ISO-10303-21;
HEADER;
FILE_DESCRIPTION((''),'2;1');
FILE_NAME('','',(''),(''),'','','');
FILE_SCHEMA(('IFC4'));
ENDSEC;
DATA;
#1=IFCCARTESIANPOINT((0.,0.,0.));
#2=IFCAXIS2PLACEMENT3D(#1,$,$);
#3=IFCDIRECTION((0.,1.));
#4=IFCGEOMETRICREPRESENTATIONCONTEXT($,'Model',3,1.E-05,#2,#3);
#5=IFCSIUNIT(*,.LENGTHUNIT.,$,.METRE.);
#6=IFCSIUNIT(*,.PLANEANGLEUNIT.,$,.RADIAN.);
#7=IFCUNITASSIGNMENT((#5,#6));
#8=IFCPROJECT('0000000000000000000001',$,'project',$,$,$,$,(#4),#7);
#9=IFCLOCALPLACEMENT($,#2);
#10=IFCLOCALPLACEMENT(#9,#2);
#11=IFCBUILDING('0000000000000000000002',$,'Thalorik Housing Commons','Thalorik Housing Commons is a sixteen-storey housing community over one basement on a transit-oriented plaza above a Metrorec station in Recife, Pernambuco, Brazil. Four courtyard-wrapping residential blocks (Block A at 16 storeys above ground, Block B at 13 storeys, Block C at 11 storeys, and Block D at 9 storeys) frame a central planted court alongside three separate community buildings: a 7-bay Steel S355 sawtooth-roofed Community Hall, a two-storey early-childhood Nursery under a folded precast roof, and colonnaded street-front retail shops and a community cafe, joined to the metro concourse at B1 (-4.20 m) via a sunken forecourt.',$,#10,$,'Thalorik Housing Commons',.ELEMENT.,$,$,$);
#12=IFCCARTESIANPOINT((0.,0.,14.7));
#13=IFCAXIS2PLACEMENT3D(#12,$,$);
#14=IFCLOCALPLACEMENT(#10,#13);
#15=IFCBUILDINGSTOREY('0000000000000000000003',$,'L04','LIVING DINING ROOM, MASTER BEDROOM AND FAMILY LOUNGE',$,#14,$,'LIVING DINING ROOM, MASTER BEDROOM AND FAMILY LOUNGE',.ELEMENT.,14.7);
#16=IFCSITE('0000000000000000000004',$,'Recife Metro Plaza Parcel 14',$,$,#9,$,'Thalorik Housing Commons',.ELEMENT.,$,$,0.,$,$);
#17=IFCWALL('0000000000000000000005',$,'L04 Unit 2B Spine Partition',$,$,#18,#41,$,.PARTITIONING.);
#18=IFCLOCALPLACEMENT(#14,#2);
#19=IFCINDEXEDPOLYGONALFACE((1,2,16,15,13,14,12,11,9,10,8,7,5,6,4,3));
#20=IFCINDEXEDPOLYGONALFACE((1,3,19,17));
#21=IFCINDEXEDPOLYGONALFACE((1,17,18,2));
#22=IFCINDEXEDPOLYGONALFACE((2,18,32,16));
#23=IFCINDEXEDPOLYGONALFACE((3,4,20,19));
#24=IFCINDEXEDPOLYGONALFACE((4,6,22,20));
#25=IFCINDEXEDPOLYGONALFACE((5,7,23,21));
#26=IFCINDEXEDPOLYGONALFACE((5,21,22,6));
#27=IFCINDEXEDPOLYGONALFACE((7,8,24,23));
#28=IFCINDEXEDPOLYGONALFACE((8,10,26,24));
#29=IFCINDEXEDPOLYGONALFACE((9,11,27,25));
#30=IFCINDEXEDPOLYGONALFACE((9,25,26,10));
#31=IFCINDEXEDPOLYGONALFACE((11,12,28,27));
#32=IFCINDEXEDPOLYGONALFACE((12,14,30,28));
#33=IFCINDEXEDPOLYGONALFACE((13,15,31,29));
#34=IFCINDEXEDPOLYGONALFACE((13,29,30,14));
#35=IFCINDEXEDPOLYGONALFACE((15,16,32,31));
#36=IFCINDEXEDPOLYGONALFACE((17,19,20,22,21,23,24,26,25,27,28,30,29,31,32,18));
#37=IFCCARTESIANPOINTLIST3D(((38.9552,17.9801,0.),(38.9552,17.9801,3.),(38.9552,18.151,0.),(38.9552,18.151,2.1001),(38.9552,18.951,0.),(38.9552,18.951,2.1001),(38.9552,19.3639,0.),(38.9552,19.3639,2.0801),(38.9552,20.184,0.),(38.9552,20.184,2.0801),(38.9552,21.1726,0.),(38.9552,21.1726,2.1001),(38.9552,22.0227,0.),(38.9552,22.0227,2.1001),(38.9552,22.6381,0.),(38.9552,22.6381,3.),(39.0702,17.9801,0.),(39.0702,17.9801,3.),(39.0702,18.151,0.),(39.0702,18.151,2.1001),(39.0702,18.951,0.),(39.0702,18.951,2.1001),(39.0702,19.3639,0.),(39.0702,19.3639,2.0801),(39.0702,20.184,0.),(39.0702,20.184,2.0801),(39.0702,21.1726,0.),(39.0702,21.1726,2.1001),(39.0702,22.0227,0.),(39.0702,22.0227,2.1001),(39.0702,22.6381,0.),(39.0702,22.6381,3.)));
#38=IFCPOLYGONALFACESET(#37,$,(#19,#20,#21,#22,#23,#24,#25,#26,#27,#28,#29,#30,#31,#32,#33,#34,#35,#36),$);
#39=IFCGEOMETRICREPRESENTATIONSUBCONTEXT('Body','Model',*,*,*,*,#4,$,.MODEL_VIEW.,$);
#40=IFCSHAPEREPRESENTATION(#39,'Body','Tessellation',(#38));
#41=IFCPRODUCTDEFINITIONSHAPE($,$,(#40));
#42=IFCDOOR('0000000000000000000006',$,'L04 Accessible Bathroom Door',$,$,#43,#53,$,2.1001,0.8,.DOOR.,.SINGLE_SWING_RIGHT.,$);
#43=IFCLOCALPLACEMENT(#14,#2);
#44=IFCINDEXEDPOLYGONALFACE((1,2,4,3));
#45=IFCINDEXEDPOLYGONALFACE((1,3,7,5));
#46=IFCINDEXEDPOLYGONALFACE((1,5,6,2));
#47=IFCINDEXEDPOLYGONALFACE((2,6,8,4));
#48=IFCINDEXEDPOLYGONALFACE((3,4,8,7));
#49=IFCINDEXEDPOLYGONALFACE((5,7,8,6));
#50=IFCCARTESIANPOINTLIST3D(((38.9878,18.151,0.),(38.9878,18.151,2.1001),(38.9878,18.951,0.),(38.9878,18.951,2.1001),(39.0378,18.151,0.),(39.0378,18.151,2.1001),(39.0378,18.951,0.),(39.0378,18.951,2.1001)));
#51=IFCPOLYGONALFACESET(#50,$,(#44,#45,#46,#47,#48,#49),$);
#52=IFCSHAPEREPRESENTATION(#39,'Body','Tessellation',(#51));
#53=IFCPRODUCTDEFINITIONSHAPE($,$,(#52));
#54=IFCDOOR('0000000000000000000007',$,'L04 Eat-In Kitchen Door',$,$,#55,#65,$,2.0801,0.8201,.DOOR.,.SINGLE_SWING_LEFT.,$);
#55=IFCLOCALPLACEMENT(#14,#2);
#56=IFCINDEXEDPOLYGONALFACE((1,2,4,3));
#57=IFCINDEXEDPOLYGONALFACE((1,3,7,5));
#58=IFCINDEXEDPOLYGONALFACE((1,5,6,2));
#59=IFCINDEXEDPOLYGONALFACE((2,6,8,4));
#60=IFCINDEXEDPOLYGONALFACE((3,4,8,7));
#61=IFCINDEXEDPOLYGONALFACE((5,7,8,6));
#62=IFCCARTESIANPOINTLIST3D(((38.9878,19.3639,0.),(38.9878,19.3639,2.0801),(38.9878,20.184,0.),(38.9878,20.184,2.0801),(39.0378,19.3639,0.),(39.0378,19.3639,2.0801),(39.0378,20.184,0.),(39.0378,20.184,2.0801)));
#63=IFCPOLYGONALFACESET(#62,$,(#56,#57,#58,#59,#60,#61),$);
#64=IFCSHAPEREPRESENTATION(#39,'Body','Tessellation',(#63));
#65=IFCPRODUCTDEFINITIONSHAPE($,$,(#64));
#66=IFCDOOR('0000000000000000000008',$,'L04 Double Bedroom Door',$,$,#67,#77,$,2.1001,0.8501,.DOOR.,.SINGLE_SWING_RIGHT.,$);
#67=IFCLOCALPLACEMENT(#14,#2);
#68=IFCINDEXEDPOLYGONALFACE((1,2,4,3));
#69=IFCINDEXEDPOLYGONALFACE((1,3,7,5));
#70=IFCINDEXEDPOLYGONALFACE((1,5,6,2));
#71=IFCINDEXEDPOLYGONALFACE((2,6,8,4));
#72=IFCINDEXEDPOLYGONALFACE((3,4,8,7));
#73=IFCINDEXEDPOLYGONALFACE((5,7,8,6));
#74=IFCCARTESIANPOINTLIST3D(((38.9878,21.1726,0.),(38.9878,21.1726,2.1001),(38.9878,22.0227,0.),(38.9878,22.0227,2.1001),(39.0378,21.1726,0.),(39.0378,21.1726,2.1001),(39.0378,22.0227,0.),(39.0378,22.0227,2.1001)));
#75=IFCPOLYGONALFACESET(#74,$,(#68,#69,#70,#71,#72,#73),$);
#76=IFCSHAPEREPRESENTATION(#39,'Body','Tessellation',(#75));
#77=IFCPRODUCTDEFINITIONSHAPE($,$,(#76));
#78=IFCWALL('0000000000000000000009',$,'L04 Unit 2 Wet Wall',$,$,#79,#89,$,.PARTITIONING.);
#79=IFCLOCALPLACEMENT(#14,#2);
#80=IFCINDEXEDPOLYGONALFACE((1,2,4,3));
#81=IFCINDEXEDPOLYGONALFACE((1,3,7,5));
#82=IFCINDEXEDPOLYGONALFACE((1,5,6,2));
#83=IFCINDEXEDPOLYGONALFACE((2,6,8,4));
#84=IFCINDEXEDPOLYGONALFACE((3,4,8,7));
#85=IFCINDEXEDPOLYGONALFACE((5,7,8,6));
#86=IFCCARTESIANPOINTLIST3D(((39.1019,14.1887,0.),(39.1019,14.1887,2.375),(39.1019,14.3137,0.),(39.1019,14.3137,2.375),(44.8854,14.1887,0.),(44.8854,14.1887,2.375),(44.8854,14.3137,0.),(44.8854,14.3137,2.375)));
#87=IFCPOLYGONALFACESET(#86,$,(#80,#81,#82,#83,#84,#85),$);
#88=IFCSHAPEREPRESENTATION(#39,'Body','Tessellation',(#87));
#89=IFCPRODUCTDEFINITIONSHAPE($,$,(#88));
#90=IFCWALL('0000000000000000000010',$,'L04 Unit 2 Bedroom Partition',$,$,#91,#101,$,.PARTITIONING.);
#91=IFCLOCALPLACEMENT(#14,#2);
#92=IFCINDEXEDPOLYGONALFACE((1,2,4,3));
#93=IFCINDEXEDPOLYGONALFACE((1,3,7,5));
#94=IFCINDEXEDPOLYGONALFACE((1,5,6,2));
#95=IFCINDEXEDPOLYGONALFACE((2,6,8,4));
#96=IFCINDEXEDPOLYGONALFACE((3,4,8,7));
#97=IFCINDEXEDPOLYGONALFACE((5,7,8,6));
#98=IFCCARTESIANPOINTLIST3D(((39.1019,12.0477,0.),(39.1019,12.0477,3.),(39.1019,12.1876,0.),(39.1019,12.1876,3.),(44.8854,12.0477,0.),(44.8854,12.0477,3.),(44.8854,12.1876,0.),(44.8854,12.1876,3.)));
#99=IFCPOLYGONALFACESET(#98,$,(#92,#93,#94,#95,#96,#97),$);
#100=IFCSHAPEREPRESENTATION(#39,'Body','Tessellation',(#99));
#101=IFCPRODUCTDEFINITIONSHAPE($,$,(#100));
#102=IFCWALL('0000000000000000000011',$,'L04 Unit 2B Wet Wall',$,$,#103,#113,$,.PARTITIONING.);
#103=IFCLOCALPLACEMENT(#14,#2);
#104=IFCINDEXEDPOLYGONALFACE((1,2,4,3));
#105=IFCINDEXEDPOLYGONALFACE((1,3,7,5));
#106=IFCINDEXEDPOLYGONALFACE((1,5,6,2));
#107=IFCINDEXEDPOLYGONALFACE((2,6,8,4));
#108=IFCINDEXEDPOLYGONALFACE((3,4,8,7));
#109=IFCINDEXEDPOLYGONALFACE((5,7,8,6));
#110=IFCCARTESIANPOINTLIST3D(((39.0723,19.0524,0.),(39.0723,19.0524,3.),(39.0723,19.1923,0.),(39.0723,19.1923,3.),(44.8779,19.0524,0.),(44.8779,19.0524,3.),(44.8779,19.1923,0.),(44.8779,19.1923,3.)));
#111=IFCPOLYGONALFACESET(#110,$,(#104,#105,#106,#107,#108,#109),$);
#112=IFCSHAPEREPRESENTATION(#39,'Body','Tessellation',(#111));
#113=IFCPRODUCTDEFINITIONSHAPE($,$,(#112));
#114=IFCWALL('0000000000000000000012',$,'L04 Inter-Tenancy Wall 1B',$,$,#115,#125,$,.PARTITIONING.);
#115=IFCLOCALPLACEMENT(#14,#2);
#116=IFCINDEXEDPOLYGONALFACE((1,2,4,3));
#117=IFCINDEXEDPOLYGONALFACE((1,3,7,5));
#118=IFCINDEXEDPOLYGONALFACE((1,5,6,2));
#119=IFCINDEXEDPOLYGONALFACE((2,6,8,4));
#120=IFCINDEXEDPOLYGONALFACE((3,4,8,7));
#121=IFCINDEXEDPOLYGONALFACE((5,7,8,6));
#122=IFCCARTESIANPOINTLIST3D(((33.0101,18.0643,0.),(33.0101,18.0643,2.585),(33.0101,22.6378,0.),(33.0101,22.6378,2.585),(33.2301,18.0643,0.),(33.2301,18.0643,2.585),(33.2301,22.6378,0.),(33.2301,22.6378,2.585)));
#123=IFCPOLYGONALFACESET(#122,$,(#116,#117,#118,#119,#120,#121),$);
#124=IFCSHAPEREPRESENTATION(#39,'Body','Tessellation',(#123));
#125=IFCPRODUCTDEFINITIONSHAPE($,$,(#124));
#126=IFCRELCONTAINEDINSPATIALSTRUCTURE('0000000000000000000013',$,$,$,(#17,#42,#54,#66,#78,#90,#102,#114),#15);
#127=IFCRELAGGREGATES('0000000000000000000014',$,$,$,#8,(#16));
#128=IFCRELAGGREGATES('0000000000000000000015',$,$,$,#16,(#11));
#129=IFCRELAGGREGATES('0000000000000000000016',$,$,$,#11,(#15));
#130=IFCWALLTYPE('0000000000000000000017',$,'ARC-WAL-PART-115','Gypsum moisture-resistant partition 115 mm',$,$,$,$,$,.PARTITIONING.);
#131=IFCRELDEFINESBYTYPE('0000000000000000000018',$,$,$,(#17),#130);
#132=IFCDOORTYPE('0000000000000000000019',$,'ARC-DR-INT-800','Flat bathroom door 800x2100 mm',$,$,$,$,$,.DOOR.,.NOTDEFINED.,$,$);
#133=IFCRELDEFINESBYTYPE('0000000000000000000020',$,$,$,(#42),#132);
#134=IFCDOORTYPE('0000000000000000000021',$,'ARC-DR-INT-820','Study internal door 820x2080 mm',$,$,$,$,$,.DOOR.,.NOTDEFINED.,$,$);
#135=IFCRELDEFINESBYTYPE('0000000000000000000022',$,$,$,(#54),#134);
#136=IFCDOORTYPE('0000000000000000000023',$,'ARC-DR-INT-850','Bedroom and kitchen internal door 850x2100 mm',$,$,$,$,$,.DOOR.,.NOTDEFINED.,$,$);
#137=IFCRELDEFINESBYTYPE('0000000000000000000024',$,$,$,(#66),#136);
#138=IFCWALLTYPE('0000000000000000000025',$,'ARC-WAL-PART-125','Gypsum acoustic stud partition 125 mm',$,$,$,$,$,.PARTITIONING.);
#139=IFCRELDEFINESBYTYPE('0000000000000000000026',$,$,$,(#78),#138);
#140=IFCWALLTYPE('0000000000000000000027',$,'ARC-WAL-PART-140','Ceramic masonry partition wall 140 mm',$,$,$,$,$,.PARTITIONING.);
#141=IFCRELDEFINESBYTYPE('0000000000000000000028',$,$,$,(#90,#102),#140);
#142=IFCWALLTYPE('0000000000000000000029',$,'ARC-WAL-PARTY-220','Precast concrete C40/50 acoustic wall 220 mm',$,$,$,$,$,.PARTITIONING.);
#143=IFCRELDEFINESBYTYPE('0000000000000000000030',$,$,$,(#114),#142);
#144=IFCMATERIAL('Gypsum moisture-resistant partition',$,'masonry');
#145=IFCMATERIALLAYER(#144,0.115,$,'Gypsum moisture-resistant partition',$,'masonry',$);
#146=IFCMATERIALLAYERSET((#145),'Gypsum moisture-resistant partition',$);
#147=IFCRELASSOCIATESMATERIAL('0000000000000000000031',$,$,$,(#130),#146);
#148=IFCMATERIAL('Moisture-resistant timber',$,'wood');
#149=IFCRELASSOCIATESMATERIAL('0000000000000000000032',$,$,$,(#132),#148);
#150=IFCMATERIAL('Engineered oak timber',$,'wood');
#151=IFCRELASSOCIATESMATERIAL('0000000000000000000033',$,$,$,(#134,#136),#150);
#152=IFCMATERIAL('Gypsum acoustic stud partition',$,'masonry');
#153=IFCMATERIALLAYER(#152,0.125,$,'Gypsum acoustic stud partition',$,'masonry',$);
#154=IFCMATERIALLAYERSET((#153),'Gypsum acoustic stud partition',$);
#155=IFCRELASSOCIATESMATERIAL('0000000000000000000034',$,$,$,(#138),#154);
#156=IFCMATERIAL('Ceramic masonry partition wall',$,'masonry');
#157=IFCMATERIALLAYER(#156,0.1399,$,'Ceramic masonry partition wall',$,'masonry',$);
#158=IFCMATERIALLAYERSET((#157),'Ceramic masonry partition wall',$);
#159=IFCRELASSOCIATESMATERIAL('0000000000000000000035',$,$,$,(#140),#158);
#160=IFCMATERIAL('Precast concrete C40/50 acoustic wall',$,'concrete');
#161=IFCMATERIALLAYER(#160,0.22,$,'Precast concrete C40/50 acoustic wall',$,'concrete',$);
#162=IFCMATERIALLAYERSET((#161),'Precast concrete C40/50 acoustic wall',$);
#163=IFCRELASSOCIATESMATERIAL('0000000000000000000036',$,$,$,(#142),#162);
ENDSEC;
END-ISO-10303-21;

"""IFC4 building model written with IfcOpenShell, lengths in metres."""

from ifc_helpers import new_model, si_unit, direction, frame, frame_2d, origin, place, context, subcontext, project, spatial, rectangle, extrude, material, layer, layer_set, type_object, element, fill, save


model = new_model("IFC4")

# Units and contexts
model_context = context("Model", 3, precision=1e-05, world=origin(), true_north=direction((0.0, 1.0)))
body_context = subcontext(model_context, "Body", "Model", "MODEL_VIEW")
ifc_project = project(units=[si_unit("LENGTHUNIT", "METRE"), si_unit("PLANEANGLEUNIT", "RADIAN")], contexts=[model_context])

# Site, building, storey
site_placement = place(None, origin())
site = spatial("IfcSite", under=ifc_project, at=site_placement, Name="Recife Metro Plaza Parcel 14", LongName="Thalorik Housing Commons", CompositionType="ELEMENT", RefElevation=0.0)
building_placement = place(site_placement, origin())
building = spatial("IfcBuilding", under=site, at=building_placement, Name="Thalorik Housing Commons", Description="Thalorik Housing Commons is a sixteen-storey housing community over one basement on a transit-oriented plaza above a Metrorec station in Recife, Pernambuco, Brazil. Four courtyard-wrapping residential blocks (Block A at 16 storeys above ground, Block B at 13 storeys, Block C at 11 storeys, and Block D at 9 storeys) frame a central planted court alongside three separate community buildings: a 7-bay Steel S355 sawtooth-roofed Community Hall, a two-storey early-childhood Nursery under a folded precast roof, and colonnaded street-front retail shops and a community cafe, joined to the metro concourse at B1 (-4.20 m) via a sunken forecourt.", LongName="Thalorik Housing Commons", CompositionType="ELEMENT")
storey_placement = place(building_placement, frame((0.0, 0.0, 14.7)))
storey = spatial("IfcBuildingStorey", under=building, at=storey_placement, Name="L04", Description="LIVING DINING ROOM, MASTER BEDROOM AND FAMILY LOUNGE", LongName="LIVING DINING ROOM, MASTER BEDROOM AND FAMILY LOUNGE", CompositionType="ELEMENT", Elevation=14.7)

# Wall, openings, doors
ifc_material_1 = material(Name="Gypsum moisture-resistant partition", Category="masonry")
ifc_layer_1 = layer(ifc_material_1, 0.115, Name="Gypsum moisture-resistant partition", Category="masonry")
ifc_layer_set_1 = layer_set([ifc_layer_1], Name="Gypsum moisture-resistant partition")
wall_type_1 = type_object("IfcWallType", Name="ARC-WAL-PART-115", Description="Gypsum moisture-resistant partition 115 mm", PredefinedType="PARTITIONING", material=ifc_layer_set_1)
wall_1_placement = place(storey_placement, frame((39.0127, 17.98, 0.0), z_axis=(0.0, 0.0, 1.0), x_axis=(0.0, 1.0, 0.0)))
wall_1 = element("IfcWall", 1, at=wall_1_placement, inside=storey, type_object=wall_type_1, Name="L04 Unit 2B Spine Partition", PredefinedType="PARTITIONING", context=body_context, shape_type="SweptSolid", body=[
    extrude(rectangle(XDim=4.658, YDim=0.115, at=frame_2d((2.3291, 0.0))), origin(), (0.0, 0.0, 1.0), 3.0),
])
opening_1_placement = place(wall_1_placement, frame((0.1711, 0.0, 0.0)))
opening_1 = element("IfcOpeningElement", 2, at=opening_1_placement, cuts=wall_1, PredefinedType="OPENING", context=body_context, shape_type="SweptSolid", body=[
    extrude(rectangle(XDim=0.8, YDim=2.1001, at=frame_2d((0.3999, 1.05))), frame((0.0, 0.0674, 0.0), z_axis=(0.0, -1.0, 0.0), x_axis=(1.0, 0.0, 0.0)), (0.0, 0.0, 1.0), 0.135),
])
opening_2_placement = place(wall_1_placement, frame((1.3838, 0.0, 0.0)))
opening_2 = element("IfcOpeningElement", 3, at=opening_2_placement, cuts=wall_1, PredefinedType="OPENING", context=body_context, shape_type="SweptSolid", body=[
    extrude(rectangle(XDim=0.8201, YDim=2.0801, at=frame_2d((0.4102, 1.04))), frame((0.0, 0.0674, 0.0), z_axis=(0.0, -1.0, 0.0), x_axis=(1.0, 0.0, 0.0)), (0.0, 0.0, 1.0), 0.135),
])
opening_3_placement = place(wall_1_placement, frame((3.1926, 0.0, 0.0)))
opening_3 = element("IfcOpeningElement", 4, at=opening_3_placement, cuts=wall_1, PredefinedType="OPENING", context=body_context, shape_type="SweptSolid", body=[
    extrude(rectangle(XDim=0.8501, YDim=2.1001, at=frame_2d((0.425, 1.05))), frame((0.0, 0.0674, 0.0), z_axis=(0.0, -1.0, 0.0), x_axis=(1.0, 0.0, 0.0)), (0.0, 0.0, 1.0), 0.135),
])
ifc_material_2 = material(Name="Moisture-resistant timber", Category="wood")
door_type_1 = type_object("IfcDoorType", Name="ARC-DR-INT-800", Description="Flat bathroom door 800x2100 mm", OperationType="NOTDEFINED", PredefinedType="DOOR", material=ifc_material_2)
door_1_placement = place(opening_1_placement, origin())
door_1 = element("IfcDoor", 5, at=door_1_placement, inside=storey, type_object=door_type_1, Name="L04 Accessible Bathroom Door", OperationType="SINGLE_SWING_RIGHT", OverallHeight=2.1001, OverallWidth=0.8, PredefinedType="DOOR", context=body_context, shape_type="SweptSolid", body=[
    extrude(rectangle(XDim=0.8, YDim=2.1001, at=frame_2d((0.3999, 1.05))), frame((0.0, 0.0249, 0.0), z_axis=(0.0, -1.0, 0.0), x_axis=(1.0, 0.0, 0.0)), (0.0, 0.0, 1.0), 0.05),
])
fill(opening_1, door_1)
ifc_material_3 = material(Name="Engineered oak timber", Category="wood")
door_type_2 = type_object("IfcDoorType", Name="ARC-DR-INT-820", Description="Study internal door 820x2080 mm", OperationType="NOTDEFINED", PredefinedType="DOOR", material=ifc_material_3)
door_2_placement = place(opening_2_placement, origin())
door_2 = element("IfcDoor", 6, at=door_2_placement, inside=storey, type_object=door_type_2, Name="L04 Eat-In Kitchen Door", OperationType="SINGLE_SWING_LEFT", OverallHeight=2.0801, OverallWidth=0.8201, PredefinedType="DOOR", context=body_context, shape_type="SweptSolid", body=[
    extrude(rectangle(XDim=0.8201, YDim=2.0801, at=frame_2d((0.4102, 1.04))), frame((0.0, 0.0249, 0.0), z_axis=(0.0, -1.0, 0.0), x_axis=(1.0, 0.0, 0.0)), (0.0, 0.0, 1.0), 0.05),
])
fill(opening_2, door_2)
door_type_3 = type_object("IfcDoorType", Name="ARC-DR-INT-850", Description="Bedroom and kitchen internal door 850x2100 mm", OperationType="NOTDEFINED", PredefinedType="DOOR", material=ifc_material_3)
door_3_placement = place(opening_3_placement, origin())
door_3 = element("IfcDoor", 7, at=door_3_placement, inside=storey, type_object=door_type_3, Name="L04 Double Bedroom Door", OperationType="SINGLE_SWING_RIGHT", OverallHeight=2.1001, OverallWidth=0.8501, PredefinedType="DOOR", context=body_context, shape_type="SweptSolid", body=[
    extrude(rectangle(XDim=0.8501, YDim=2.1001, at=frame_2d((0.425, 1.05))), frame((0.0, 0.0249, 0.0), z_axis=(0.0, -1.0, 0.0), x_axis=(1.0, 0.0, 0.0)), (0.0, 0.0, 1.0), 0.05),
])
fill(opening_3, door_3)

# Walls
ifc_material_4 = material(Name="Gypsum acoustic stud partition", Category="masonry")
ifc_layer_2 = layer(ifc_material_4, 0.125, Name="Gypsum acoustic stud partition", Category="masonry")
ifc_layer_set_2 = layer_set([ifc_layer_2], Name="Gypsum acoustic stud partition")
wall_type_2 = type_object("IfcWallType", Name="ARC-WAL-PART-125", Description="Gypsum acoustic stud partition 125 mm", PredefinedType="PARTITIONING", material=ifc_layer_set_2)
wall_2_placement = place(storey_placement, frame((39.1021, 14.2512, 0.0), z_axis=(0.0, 0.0, 1.0), x_axis=(1.0, 0.0, 0.0)))
element("IfcWall", 8, at=wall_2_placement, inside=storey, type_object=wall_type_2, Name="L04 Unit 2 Wet Wall", PredefinedType="PARTITIONING", context=body_context, shape_type="SweptSolid", body=[
    extrude(rectangle(XDim=5.7834, YDim=0.125, at=frame_2d((2.8916, 0.0))), origin(), (0.0, 0.0, 1.0), 2.375),
])
ifc_material_5 = material(Name="Ceramic masonry partition wall", Category="masonry")
ifc_layer_3 = layer(ifc_material_5, 0.1399, Name="Ceramic masonry partition wall", Category="masonry")
ifc_layer_set_3 = layer_set([ifc_layer_3], Name="Ceramic masonry partition wall")
wall_type_3 = type_object("IfcWallType", Name="ARC-WAL-PART-140", Description="Ceramic masonry partition wall 140 mm", PredefinedType="PARTITIONING", material=ifc_layer_set_3)
wall_3_placement = place(storey_placement, frame((39.1021, 12.1177, 0.0), z_axis=(0.0, 0.0, 1.0), x_axis=(1.0, 0.0, 0.0)))
element("IfcWall", 9, at=wall_3_placement, inside=storey, type_object=wall_type_3, Name="L04 Unit 2 Bedroom Partition", PredefinedType="PARTITIONING", context=body_context, shape_type="SweptSolid", body=[
    extrude(rectangle(XDim=5.7834, YDim=0.1399, at=frame_2d((2.8916, 0.0))), origin(), (0.0, 0.0, 1.0), 3.0),
])
wall_4_placement = place(storey_placement, frame((39.0723, 19.1223, 0.0), z_axis=(0.0, 0.0, 1.0), x_axis=(1.0, 0.0, 0.0)))
element("IfcWall", 10, at=wall_4_placement, inside=storey, type_object=wall_type_3, Name="L04 Unit 2B Wet Wall", PredefinedType="PARTITIONING", context=body_context, shape_type="SweptSolid", body=[
    extrude(rectangle(XDim=5.8057, YDim=0.1399, at=frame_2d((2.9028, 0.0))), origin(), (0.0, 0.0, 1.0), 3.0),
])
ifc_material_6 = material(Name="Precast concrete C40/50 acoustic wall", Category="concrete")
ifc_layer_4 = layer(ifc_material_6, 0.22, Name="Precast concrete C40/50 acoustic wall", Category="concrete")
ifc_layer_set_4 = layer_set([ifc_layer_4], Name="Precast concrete C40/50 acoustic wall")
wall_type_4 = type_object("IfcWallType", Name="ARC-WAL-PARTY-220", Description="Precast concrete C40/50 acoustic wall 220 mm", PredefinedType="PARTITIONING", material=ifc_layer_set_4)
wall_5_placement = place(storey_placement, frame((33.1201, 18.0645, 0.0), z_axis=(0.0, 0.0, 1.0), x_axis=(0.0, 1.0, 0.0)))
element("IfcWall", 11, at=wall_5_placement, inside=storey, type_object=wall_type_4, Name="L04 Inter-Tenancy Wall 1B", PredefinedType="PARTITIONING", context=body_context, shape_type="SweptSolid", body=[
    extrude(rectangle(XDim=4.5735, YDim=0.22, at=frame_2d((2.2866, 0.0))), origin(), (0.0, 0.0, 1.0), 2.585),
])

save(model, "model.ifc")
